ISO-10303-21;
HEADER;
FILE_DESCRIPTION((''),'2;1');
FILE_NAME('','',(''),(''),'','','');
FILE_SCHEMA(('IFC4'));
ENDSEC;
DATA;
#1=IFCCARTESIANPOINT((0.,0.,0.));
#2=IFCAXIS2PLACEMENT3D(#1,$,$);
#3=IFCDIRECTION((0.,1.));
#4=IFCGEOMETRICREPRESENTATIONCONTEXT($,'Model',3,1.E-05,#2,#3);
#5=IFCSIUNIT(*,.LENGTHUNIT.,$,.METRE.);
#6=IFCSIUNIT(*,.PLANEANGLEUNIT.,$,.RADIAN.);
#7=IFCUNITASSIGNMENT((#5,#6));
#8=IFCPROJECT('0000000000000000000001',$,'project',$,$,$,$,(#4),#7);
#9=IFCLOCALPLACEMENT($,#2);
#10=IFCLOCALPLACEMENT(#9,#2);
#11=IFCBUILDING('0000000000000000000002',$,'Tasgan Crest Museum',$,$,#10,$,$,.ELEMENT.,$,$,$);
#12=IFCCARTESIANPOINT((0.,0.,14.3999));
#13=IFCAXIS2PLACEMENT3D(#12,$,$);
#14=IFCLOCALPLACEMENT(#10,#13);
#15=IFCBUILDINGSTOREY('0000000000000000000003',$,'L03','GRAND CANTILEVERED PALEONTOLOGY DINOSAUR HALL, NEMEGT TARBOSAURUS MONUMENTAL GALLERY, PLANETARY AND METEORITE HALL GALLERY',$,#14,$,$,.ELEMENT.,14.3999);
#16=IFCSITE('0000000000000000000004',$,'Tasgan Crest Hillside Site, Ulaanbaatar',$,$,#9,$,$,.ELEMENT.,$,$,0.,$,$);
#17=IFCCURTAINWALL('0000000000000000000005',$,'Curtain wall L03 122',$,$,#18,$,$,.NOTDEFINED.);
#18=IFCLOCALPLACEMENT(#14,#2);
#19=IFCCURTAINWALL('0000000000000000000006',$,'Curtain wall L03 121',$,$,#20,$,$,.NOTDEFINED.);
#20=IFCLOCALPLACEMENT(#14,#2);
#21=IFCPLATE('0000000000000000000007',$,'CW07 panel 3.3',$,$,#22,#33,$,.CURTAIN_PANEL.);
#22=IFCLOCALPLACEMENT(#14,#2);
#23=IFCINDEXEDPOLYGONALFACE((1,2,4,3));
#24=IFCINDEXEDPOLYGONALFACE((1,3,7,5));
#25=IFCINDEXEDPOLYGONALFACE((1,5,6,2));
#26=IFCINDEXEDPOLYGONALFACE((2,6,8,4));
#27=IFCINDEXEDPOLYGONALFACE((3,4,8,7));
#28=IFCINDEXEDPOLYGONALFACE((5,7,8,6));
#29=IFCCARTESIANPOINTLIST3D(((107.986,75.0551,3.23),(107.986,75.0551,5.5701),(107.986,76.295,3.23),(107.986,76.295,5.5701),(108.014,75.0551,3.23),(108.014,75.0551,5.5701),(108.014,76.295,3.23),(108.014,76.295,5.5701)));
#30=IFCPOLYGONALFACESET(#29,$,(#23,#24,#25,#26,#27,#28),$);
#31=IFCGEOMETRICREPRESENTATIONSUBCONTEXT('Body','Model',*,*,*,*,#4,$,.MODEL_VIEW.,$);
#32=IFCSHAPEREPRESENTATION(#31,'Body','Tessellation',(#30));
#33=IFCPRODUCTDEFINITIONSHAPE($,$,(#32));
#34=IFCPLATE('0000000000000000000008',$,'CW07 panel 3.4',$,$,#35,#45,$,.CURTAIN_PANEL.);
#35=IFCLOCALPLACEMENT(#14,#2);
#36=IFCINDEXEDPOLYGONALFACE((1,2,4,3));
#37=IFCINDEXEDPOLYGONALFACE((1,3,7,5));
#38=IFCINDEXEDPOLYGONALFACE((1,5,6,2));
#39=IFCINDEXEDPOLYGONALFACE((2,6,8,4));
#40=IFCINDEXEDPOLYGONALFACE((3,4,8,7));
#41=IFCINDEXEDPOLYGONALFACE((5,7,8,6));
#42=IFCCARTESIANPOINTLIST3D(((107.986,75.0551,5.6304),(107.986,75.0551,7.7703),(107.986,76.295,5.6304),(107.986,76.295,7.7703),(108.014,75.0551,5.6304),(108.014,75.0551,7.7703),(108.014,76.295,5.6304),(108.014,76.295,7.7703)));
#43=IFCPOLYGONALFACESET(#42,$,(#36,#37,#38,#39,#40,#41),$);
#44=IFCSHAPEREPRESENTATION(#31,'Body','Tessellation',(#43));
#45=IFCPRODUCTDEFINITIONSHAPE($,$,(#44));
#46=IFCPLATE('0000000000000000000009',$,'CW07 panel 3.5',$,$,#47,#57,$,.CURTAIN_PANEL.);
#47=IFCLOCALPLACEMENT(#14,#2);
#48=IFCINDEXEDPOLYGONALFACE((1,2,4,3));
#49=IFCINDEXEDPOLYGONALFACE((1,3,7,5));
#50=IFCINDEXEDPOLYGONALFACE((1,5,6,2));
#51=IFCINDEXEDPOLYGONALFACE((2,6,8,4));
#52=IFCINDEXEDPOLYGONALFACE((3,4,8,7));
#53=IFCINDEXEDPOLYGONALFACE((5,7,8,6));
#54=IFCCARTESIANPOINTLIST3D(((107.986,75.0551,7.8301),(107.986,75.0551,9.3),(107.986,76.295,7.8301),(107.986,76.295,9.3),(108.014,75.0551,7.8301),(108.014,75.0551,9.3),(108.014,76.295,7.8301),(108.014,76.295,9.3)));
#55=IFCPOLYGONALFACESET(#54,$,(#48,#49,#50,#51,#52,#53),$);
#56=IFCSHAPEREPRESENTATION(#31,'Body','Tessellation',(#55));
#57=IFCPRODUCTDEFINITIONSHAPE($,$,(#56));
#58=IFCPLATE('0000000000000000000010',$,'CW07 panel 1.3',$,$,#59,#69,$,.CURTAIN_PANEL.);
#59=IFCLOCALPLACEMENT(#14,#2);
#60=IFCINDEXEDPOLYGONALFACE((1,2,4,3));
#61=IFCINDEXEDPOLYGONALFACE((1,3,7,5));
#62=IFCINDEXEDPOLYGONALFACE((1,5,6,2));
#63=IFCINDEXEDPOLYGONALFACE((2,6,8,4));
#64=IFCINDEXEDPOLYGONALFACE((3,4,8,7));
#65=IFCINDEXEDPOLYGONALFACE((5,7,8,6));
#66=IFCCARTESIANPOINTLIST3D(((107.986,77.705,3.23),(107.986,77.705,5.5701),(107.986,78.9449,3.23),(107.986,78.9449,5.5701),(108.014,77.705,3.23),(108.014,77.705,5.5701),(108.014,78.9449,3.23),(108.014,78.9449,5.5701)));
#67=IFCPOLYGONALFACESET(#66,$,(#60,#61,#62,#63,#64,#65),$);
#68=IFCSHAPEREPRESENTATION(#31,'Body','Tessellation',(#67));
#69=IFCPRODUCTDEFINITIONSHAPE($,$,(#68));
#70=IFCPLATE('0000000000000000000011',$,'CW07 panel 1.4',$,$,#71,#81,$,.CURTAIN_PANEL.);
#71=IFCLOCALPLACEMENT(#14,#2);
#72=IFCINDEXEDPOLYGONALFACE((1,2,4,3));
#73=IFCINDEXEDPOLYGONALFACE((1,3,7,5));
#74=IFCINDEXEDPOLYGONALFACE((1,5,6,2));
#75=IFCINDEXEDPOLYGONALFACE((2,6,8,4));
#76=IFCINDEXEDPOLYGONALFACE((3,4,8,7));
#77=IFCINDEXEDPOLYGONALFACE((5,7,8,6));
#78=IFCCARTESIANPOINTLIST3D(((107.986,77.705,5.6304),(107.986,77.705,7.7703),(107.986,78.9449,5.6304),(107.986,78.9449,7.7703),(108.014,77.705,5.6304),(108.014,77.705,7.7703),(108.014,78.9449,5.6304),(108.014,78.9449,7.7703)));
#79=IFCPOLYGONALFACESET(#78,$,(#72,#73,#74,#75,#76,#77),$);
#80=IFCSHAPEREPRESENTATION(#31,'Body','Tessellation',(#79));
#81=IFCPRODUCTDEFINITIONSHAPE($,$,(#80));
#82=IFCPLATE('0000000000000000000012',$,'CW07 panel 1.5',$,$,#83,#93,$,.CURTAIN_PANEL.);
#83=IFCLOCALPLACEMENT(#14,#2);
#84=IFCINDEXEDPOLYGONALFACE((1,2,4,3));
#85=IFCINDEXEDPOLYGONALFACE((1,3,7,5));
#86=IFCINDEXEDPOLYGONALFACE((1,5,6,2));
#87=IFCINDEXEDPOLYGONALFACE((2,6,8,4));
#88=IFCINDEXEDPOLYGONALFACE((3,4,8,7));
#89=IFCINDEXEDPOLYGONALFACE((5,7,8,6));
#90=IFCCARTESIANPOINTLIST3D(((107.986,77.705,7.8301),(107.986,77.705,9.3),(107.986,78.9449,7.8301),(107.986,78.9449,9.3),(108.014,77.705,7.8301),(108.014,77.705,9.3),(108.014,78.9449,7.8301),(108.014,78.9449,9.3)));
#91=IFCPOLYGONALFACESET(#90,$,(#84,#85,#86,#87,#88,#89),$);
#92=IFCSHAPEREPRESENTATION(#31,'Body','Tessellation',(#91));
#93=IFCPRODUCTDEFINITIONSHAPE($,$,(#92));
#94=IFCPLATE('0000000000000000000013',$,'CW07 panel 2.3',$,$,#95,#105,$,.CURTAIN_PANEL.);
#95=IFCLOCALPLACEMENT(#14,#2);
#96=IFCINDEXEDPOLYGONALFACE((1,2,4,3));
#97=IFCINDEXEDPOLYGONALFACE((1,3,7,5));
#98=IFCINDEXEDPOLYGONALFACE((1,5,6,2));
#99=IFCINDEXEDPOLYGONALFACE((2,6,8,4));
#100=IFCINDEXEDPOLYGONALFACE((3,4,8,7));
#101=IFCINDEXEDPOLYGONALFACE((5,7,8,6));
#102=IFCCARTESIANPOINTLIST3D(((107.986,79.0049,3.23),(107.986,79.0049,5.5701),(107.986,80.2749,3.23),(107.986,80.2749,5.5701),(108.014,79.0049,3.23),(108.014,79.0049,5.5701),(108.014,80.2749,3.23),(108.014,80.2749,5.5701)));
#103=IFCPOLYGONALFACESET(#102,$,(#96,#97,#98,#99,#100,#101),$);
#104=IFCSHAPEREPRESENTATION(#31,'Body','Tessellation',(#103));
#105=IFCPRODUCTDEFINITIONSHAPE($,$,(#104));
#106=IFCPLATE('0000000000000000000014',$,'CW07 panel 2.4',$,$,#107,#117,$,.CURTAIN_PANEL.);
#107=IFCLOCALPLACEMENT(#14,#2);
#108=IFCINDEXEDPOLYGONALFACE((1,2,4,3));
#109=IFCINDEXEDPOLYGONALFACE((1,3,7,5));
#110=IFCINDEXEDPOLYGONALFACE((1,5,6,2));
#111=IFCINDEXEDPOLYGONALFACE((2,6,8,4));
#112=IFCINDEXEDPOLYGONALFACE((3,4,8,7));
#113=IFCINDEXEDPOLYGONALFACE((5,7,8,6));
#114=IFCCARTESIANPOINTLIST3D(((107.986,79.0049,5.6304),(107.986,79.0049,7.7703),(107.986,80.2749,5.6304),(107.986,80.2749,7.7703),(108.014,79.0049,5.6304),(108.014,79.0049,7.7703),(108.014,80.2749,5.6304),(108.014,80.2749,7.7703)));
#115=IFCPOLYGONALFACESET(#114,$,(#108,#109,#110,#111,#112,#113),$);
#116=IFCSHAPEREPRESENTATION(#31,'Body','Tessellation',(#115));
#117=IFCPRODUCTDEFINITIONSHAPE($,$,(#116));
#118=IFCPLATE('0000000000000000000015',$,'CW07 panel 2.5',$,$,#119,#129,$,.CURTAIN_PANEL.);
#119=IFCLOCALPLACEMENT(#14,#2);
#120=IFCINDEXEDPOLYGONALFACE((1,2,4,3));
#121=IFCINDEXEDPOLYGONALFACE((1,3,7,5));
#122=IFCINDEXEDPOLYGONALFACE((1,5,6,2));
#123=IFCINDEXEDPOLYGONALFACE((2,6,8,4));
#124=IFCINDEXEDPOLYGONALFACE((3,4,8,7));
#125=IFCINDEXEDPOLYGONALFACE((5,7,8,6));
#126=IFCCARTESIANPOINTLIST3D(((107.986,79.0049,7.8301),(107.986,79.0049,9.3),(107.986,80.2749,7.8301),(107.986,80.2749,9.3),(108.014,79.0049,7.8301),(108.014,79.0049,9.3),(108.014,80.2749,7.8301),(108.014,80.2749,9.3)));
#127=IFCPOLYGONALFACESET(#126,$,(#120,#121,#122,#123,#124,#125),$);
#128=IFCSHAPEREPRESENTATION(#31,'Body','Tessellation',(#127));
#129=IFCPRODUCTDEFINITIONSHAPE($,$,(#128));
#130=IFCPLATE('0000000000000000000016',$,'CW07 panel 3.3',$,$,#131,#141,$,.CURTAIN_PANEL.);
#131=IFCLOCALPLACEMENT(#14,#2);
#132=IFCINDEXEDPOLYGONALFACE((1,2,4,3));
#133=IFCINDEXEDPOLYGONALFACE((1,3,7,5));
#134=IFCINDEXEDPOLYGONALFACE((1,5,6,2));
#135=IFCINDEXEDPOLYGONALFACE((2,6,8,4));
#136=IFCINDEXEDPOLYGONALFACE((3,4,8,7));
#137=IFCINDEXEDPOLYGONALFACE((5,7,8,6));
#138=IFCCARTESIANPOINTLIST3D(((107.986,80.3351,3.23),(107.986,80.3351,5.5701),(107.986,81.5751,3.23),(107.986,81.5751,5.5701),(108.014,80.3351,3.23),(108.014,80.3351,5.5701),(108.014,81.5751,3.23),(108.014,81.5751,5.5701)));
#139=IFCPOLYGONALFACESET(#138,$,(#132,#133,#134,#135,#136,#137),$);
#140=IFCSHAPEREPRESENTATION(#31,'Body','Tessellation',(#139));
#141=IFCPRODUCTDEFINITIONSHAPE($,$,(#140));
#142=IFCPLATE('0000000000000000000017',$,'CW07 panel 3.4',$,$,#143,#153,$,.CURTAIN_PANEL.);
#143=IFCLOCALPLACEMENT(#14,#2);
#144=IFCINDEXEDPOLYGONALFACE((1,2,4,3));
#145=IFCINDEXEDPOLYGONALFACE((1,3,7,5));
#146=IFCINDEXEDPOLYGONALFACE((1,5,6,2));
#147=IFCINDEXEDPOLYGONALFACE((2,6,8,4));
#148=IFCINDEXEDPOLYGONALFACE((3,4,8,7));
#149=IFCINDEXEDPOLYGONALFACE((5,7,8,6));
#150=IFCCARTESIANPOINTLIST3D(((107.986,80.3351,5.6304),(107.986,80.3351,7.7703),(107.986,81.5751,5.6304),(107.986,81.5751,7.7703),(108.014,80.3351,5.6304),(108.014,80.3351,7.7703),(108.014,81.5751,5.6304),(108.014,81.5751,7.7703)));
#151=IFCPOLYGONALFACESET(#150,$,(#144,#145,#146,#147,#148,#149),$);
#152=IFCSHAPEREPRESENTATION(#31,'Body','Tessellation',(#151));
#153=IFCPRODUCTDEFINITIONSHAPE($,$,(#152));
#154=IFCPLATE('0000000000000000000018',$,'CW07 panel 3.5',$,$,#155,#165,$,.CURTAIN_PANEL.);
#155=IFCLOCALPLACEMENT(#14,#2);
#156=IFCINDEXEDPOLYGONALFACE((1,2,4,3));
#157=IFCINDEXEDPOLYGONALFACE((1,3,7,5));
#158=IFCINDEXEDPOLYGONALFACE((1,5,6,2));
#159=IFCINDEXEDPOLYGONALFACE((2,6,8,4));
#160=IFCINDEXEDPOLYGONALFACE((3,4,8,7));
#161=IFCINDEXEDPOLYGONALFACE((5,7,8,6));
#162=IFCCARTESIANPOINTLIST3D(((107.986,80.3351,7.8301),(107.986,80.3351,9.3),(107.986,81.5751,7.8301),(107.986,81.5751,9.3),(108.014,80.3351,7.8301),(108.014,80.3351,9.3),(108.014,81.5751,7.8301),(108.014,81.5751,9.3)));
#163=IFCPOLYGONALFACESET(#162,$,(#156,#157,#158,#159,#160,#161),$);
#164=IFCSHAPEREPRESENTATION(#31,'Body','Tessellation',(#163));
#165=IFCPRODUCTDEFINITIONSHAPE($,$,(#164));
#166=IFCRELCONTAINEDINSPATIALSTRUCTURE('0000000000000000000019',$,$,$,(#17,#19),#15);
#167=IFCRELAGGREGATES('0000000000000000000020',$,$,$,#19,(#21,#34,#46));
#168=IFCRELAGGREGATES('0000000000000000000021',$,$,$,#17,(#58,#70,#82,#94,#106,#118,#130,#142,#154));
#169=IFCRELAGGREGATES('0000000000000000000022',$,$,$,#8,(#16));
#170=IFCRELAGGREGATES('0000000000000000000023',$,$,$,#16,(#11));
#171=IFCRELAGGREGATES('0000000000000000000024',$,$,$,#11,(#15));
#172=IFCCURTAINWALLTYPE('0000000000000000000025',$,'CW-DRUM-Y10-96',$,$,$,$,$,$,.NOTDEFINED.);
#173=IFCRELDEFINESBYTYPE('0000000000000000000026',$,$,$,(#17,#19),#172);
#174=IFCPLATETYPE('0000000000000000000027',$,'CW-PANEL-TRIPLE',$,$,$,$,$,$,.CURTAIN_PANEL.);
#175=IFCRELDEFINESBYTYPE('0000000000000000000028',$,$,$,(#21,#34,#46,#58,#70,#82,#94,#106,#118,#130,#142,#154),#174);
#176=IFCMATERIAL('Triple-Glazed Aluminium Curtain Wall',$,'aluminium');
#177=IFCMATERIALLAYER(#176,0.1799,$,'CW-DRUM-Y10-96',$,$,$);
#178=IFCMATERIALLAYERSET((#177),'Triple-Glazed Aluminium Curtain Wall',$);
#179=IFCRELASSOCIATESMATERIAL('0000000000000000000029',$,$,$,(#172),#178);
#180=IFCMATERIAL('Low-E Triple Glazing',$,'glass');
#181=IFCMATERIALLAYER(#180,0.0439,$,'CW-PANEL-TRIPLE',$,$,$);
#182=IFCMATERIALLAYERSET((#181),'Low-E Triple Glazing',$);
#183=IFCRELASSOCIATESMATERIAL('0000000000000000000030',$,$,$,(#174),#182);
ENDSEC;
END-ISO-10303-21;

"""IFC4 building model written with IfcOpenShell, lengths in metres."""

from ifc_helpers import new_model, si_unit, direction, frame, origin, origin_2d, place, context, subcontext, project, spatial, rectangle, extrude, material, layer, layer_set, type_object, element, aggregate, save


model = new_model("IFC4")

# Units and contexts
model_context = context("Model", 3, precision=1e-05, world=origin(), true_north=direction((0.0, 1.0)))
body_context = subcontext(model_context, "Body", "Model", "MODEL_VIEW")
ifc_project = project(units=[si_unit("LENGTHUNIT", "METRE"), si_unit("PLANEANGLEUNIT", "RADIAN")], contexts=[model_context])

# Site, building, storey
site_placement = place(None, origin())
site = spatial("IfcSite", under=ifc_project, at=site_placement, Name="Tasgan Crest Hillside Site, Ulaanbaatar", CompositionType="ELEMENT", RefElevation=0.0)
building_placement = place(site_placement, origin())
building = spatial("IfcBuilding", under=site, at=building_placement, Name="Tasgan Crest Museum", CompositionType="ELEMENT")
storey_placement = place(building_placement, frame((0.0, 0.0, 14.3999)))
storey = spatial("IfcBuildingStorey", under=building, at=storey_placement, Name="L03", Description="GRAND CANTILEVERED PALEONTOLOGY DINOSAUR HALL, NEMEGT TARBOSAURUS MONUMENTAL GALLERY, PLANETARY AND METEORITE HALL GALLERY", CompositionType="ELEMENT", Elevation=14.3999)

# Curtain wall
ifc_material_1 = material(Name="Triple-Glazed Aluminium Curtain Wall", Category="aluminium")
ifc_layer_1 = layer(ifc_material_1, 0.1799, Name="CW-DRUM-Y10-96")
ifc_layer_set_1 = layer_set([ifc_layer_1], Name="Triple-Glazed Aluminium Curtain Wall")
curtain_wall_type = type_object("IfcCurtainWallType", Name="CW-DRUM-Y10-96", PredefinedType="NOTDEFINED", material=ifc_layer_set_1)
curtain_wall_1_placement = place(storey_placement, origin())
curtain_wall_1 = element("IfcCurtainWall", 1, at=curtain_wall_1_placement, inside=storey, type_object=curtain_wall_type, Name="Curtain wall L03 122", PredefinedType="NOTDEFINED")

# Curtain wall, plates
curtain_wall_2_placement = place(storey_placement, origin())
curtain_wall_2 = element("IfcCurtainWall", 2, at=curtain_wall_2_placement, inside=storey, type_object=curtain_wall_type, Name="Curtain wall L03 121", PredefinedType="NOTDEFINED")
ifc_material_2 = material(Name="Low-E Triple Glazing", Category="glass")
ifc_layer_2 = layer(ifc_material_2, 0.0439, Name="CW-PANEL-TRIPLE")
ifc_layer_set_2 = layer_set([ifc_layer_2], Name="Low-E Triple Glazing")
plate_type = type_object("IfcPlateType", Name="CW-PANEL-TRIPLE", PredefinedType="CURTAIN_PANEL", material=ifc_layer_set_2)
plate_1_placement = place(storey_placement, frame((108.0, 75.675, 3.23), z_axis=(0.0, 0.0, 1.0), x_axis=(0.0, 1.0, 0.0)))
plate_1 = element("IfcPlate", 3, at=plate_1_placement, type_object=plate_type, Name="CW07 panel 3.3", PredefinedType="CURTAIN_PANEL", context=body_context, shape_type="SweptSolid", body=[
    extrude(rectangle(XDim=1.24, YDim=0.0281, at=origin_2d()), origin(), (0.0, 0.0, 1.0), 2.3401),
])
plate_2_placement = place(storey_placement, frame((108.0, 75.675, 5.6304), z_axis=(0.0, 0.0, 1.0), x_axis=(0.0, 1.0, 0.0)))
plate_2 = element("IfcPlate", 4, at=plate_2_placement, type_object=plate_type, Name="CW07 panel 3.4", PredefinedType="CURTAIN_PANEL", context=body_context, shape_type="SweptSolid", body=[
    extrude(rectangle(XDim=1.24, YDim=0.0281, at=origin_2d()), origin(), (0.0, 0.0, 1.0), 2.1399),
])
plate_3_placement = place(storey_placement, frame((108.0, 75.675, 7.8301), z_axis=(0.0, 0.0, 1.0), x_axis=(0.0, 1.0, 0.0)))
plate_3 = element("IfcPlate", 5, at=plate_3_placement, type_object=plate_type, Name="CW07 panel 3.5", PredefinedType="CURTAIN_PANEL", context=body_context, shape_type="SweptSolid", body=[
    extrude(rectangle(XDim=1.24, YDim=0.0281, at=origin_2d()), origin(), (0.0, 0.0, 1.0), 1.47),
])
aggregate(curtain_wall_2, [plate_1, plate_2, plate_3])

# Plates
plate_4_placement = place(storey_placement, frame((108.0, 78.325, 3.23), z_axis=(0.0, 0.0, 1.0), x_axis=(0.0, 1.0, 0.0)))
plate_4 = element("IfcPlate", 6, at=plate_4_placement, type_object=plate_type, Name="CW07 panel 1.3", PredefinedType="CURTAIN_PANEL", context=body_context, shape_type="SweptSolid", body=[
    extrude(rectangle(XDim=1.24, YDim=0.0281, at=origin_2d()), origin(), (0.0, 0.0, 1.0), 2.3401),
])
plate_5_placement = place(storey_placement, frame((108.0, 78.325, 5.6304), z_axis=(0.0, 0.0, 1.0), x_axis=(0.0, 1.0, 0.0)))
plate_5 = element("IfcPlate", 7, at=plate_5_placement, type_object=plate_type, Name="CW07 panel 1.4", PredefinedType="CURTAIN_PANEL", context=body_context, shape_type="SweptSolid", body=[
    extrude(rectangle(XDim=1.24, YDim=0.0281, at=origin_2d()), origin(), (0.0, 0.0, 1.0), 2.1399),
])
plate_6_placement = place(storey_placement, frame((108.0, 78.325, 7.8301), z_axis=(0.0, 0.0, 1.0), x_axis=(0.0, 1.0, 0.0)))
plate_6 = element("IfcPlate", 8, at=plate_6_placement, type_object=plate_type, Name="CW07 panel 1.5", PredefinedType="CURTAIN_PANEL", context=body_context, shape_type="SweptSolid", body=[
    extrude(rectangle(XDim=1.24, YDim=0.0281, at=origin_2d()), origin(), (0.0, 0.0, 1.0), 1.47),
])
plate_7_placement = place(storey_placement, frame((108.0, 79.6399, 3.23), z_axis=(0.0, 0.0, 1.0), x_axis=(0.0, 1.0, 0.0)))
plate_7 = element("IfcPlate", 9, at=plate_7_placement, type_object=plate_type, Name="CW07 panel 2.3", PredefinedType="CURTAIN_PANEL", context=body_context, shape_type="SweptSolid", body=[
    extrude(rectangle(XDim=1.27, YDim=0.0281, at=origin_2d()), origin(), (0.0, 0.0, 1.0), 2.3401),
])
plate_8_placement = place(storey_placement, frame((108.0, 79.6399, 5.6304), z_axis=(0.0, 0.0, 1.0), x_axis=(0.0, 1.0, 0.0)))
plate_8 = element("IfcPlate", 10, at=plate_8_placement, type_object=plate_type, Name="CW07 panel 2.4", PredefinedType="CURTAIN_PANEL", context=body_context, shape_type="SweptSolid", body=[
    extrude(rectangle(XDim=1.27, YDim=0.0281, at=origin_2d()), origin(), (0.0, 0.0, 1.0), 2.1399),
])
plate_9_placement = place(storey_placement, frame((108.0, 79.6399, 7.8301), z_axis=(0.0, 0.0, 1.0), x_axis=(0.0, 1.0, 0.0)))
plate_9 = element("IfcPlate", 11, at=plate_9_placement, type_object=plate_type, Name="CW07 panel 2.5", PredefinedType="CURTAIN_PANEL", context=body_context, shape_type="SweptSolid", body=[
    extrude(rectangle(XDim=1.27, YDim=0.0281, at=origin_2d()), origin(), (0.0, 0.0, 1.0), 1.47),
])
plate_10_placement = place(storey_placement, frame((108.0, 80.9551, 3.23), z_axis=(0.0, 0.0, 1.0), x_axis=(0.0, 1.0, 0.0)))
plate_10 = element("IfcPlate", 12, at=plate_10_placement, type_object=plate_type, Name="CW07 panel 3.3", PredefinedType="CURTAIN_PANEL", context=body_context, shape_type="SweptSolid", body=[
    extrude(rectangle(XDim=1.24, YDim=0.0281, at=origin_2d()), origin(), (0.0, 0.0, 1.0), 2.3401),
])
plate_11_placement = place(storey_placement, frame((108.0, 80.9551, 5.6304), z_axis=(0.0, 0.0, 1.0), x_axis=(0.0, 1.0, 0.0)))
plate_11 = element("IfcPlate", 13, at=plate_11_placement, type_object=plate_type, Name="CW07 panel 3.4", PredefinedType="CURTAIN_PANEL", context=body_context, shape_type="SweptSolid", body=[
    extrude(rectangle(XDim=1.24, YDim=0.0281, at=origin_2d()), origin(), (0.0, 0.0, 1.0), 2.1399),
])
plate_12_placement = place(storey_placement, frame((108.0, 80.9551, 7.8301), z_axis=(0.0, 0.0, 1.0), x_axis=(0.0, 1.0, 0.0)))
plate_12 = element("IfcPlate", 14, at=plate_12_placement, type_object=plate_type, Name="CW07 panel 3.5", PredefinedType="CURTAIN_PANEL", context=body_context, shape_type="SweptSolid", body=[
    extrude(rectangle(XDim=1.24, YDim=0.0281, at=origin_2d()), origin(), (0.0, 0.0, 1.0), 1.47),
])
aggregate(curtain_wall_1, [plate_4, plate_5, plate_6, plate_7, plate_8, plate_9, plate_10, plate_11, plate_12])

save(model, "model.ifc")
